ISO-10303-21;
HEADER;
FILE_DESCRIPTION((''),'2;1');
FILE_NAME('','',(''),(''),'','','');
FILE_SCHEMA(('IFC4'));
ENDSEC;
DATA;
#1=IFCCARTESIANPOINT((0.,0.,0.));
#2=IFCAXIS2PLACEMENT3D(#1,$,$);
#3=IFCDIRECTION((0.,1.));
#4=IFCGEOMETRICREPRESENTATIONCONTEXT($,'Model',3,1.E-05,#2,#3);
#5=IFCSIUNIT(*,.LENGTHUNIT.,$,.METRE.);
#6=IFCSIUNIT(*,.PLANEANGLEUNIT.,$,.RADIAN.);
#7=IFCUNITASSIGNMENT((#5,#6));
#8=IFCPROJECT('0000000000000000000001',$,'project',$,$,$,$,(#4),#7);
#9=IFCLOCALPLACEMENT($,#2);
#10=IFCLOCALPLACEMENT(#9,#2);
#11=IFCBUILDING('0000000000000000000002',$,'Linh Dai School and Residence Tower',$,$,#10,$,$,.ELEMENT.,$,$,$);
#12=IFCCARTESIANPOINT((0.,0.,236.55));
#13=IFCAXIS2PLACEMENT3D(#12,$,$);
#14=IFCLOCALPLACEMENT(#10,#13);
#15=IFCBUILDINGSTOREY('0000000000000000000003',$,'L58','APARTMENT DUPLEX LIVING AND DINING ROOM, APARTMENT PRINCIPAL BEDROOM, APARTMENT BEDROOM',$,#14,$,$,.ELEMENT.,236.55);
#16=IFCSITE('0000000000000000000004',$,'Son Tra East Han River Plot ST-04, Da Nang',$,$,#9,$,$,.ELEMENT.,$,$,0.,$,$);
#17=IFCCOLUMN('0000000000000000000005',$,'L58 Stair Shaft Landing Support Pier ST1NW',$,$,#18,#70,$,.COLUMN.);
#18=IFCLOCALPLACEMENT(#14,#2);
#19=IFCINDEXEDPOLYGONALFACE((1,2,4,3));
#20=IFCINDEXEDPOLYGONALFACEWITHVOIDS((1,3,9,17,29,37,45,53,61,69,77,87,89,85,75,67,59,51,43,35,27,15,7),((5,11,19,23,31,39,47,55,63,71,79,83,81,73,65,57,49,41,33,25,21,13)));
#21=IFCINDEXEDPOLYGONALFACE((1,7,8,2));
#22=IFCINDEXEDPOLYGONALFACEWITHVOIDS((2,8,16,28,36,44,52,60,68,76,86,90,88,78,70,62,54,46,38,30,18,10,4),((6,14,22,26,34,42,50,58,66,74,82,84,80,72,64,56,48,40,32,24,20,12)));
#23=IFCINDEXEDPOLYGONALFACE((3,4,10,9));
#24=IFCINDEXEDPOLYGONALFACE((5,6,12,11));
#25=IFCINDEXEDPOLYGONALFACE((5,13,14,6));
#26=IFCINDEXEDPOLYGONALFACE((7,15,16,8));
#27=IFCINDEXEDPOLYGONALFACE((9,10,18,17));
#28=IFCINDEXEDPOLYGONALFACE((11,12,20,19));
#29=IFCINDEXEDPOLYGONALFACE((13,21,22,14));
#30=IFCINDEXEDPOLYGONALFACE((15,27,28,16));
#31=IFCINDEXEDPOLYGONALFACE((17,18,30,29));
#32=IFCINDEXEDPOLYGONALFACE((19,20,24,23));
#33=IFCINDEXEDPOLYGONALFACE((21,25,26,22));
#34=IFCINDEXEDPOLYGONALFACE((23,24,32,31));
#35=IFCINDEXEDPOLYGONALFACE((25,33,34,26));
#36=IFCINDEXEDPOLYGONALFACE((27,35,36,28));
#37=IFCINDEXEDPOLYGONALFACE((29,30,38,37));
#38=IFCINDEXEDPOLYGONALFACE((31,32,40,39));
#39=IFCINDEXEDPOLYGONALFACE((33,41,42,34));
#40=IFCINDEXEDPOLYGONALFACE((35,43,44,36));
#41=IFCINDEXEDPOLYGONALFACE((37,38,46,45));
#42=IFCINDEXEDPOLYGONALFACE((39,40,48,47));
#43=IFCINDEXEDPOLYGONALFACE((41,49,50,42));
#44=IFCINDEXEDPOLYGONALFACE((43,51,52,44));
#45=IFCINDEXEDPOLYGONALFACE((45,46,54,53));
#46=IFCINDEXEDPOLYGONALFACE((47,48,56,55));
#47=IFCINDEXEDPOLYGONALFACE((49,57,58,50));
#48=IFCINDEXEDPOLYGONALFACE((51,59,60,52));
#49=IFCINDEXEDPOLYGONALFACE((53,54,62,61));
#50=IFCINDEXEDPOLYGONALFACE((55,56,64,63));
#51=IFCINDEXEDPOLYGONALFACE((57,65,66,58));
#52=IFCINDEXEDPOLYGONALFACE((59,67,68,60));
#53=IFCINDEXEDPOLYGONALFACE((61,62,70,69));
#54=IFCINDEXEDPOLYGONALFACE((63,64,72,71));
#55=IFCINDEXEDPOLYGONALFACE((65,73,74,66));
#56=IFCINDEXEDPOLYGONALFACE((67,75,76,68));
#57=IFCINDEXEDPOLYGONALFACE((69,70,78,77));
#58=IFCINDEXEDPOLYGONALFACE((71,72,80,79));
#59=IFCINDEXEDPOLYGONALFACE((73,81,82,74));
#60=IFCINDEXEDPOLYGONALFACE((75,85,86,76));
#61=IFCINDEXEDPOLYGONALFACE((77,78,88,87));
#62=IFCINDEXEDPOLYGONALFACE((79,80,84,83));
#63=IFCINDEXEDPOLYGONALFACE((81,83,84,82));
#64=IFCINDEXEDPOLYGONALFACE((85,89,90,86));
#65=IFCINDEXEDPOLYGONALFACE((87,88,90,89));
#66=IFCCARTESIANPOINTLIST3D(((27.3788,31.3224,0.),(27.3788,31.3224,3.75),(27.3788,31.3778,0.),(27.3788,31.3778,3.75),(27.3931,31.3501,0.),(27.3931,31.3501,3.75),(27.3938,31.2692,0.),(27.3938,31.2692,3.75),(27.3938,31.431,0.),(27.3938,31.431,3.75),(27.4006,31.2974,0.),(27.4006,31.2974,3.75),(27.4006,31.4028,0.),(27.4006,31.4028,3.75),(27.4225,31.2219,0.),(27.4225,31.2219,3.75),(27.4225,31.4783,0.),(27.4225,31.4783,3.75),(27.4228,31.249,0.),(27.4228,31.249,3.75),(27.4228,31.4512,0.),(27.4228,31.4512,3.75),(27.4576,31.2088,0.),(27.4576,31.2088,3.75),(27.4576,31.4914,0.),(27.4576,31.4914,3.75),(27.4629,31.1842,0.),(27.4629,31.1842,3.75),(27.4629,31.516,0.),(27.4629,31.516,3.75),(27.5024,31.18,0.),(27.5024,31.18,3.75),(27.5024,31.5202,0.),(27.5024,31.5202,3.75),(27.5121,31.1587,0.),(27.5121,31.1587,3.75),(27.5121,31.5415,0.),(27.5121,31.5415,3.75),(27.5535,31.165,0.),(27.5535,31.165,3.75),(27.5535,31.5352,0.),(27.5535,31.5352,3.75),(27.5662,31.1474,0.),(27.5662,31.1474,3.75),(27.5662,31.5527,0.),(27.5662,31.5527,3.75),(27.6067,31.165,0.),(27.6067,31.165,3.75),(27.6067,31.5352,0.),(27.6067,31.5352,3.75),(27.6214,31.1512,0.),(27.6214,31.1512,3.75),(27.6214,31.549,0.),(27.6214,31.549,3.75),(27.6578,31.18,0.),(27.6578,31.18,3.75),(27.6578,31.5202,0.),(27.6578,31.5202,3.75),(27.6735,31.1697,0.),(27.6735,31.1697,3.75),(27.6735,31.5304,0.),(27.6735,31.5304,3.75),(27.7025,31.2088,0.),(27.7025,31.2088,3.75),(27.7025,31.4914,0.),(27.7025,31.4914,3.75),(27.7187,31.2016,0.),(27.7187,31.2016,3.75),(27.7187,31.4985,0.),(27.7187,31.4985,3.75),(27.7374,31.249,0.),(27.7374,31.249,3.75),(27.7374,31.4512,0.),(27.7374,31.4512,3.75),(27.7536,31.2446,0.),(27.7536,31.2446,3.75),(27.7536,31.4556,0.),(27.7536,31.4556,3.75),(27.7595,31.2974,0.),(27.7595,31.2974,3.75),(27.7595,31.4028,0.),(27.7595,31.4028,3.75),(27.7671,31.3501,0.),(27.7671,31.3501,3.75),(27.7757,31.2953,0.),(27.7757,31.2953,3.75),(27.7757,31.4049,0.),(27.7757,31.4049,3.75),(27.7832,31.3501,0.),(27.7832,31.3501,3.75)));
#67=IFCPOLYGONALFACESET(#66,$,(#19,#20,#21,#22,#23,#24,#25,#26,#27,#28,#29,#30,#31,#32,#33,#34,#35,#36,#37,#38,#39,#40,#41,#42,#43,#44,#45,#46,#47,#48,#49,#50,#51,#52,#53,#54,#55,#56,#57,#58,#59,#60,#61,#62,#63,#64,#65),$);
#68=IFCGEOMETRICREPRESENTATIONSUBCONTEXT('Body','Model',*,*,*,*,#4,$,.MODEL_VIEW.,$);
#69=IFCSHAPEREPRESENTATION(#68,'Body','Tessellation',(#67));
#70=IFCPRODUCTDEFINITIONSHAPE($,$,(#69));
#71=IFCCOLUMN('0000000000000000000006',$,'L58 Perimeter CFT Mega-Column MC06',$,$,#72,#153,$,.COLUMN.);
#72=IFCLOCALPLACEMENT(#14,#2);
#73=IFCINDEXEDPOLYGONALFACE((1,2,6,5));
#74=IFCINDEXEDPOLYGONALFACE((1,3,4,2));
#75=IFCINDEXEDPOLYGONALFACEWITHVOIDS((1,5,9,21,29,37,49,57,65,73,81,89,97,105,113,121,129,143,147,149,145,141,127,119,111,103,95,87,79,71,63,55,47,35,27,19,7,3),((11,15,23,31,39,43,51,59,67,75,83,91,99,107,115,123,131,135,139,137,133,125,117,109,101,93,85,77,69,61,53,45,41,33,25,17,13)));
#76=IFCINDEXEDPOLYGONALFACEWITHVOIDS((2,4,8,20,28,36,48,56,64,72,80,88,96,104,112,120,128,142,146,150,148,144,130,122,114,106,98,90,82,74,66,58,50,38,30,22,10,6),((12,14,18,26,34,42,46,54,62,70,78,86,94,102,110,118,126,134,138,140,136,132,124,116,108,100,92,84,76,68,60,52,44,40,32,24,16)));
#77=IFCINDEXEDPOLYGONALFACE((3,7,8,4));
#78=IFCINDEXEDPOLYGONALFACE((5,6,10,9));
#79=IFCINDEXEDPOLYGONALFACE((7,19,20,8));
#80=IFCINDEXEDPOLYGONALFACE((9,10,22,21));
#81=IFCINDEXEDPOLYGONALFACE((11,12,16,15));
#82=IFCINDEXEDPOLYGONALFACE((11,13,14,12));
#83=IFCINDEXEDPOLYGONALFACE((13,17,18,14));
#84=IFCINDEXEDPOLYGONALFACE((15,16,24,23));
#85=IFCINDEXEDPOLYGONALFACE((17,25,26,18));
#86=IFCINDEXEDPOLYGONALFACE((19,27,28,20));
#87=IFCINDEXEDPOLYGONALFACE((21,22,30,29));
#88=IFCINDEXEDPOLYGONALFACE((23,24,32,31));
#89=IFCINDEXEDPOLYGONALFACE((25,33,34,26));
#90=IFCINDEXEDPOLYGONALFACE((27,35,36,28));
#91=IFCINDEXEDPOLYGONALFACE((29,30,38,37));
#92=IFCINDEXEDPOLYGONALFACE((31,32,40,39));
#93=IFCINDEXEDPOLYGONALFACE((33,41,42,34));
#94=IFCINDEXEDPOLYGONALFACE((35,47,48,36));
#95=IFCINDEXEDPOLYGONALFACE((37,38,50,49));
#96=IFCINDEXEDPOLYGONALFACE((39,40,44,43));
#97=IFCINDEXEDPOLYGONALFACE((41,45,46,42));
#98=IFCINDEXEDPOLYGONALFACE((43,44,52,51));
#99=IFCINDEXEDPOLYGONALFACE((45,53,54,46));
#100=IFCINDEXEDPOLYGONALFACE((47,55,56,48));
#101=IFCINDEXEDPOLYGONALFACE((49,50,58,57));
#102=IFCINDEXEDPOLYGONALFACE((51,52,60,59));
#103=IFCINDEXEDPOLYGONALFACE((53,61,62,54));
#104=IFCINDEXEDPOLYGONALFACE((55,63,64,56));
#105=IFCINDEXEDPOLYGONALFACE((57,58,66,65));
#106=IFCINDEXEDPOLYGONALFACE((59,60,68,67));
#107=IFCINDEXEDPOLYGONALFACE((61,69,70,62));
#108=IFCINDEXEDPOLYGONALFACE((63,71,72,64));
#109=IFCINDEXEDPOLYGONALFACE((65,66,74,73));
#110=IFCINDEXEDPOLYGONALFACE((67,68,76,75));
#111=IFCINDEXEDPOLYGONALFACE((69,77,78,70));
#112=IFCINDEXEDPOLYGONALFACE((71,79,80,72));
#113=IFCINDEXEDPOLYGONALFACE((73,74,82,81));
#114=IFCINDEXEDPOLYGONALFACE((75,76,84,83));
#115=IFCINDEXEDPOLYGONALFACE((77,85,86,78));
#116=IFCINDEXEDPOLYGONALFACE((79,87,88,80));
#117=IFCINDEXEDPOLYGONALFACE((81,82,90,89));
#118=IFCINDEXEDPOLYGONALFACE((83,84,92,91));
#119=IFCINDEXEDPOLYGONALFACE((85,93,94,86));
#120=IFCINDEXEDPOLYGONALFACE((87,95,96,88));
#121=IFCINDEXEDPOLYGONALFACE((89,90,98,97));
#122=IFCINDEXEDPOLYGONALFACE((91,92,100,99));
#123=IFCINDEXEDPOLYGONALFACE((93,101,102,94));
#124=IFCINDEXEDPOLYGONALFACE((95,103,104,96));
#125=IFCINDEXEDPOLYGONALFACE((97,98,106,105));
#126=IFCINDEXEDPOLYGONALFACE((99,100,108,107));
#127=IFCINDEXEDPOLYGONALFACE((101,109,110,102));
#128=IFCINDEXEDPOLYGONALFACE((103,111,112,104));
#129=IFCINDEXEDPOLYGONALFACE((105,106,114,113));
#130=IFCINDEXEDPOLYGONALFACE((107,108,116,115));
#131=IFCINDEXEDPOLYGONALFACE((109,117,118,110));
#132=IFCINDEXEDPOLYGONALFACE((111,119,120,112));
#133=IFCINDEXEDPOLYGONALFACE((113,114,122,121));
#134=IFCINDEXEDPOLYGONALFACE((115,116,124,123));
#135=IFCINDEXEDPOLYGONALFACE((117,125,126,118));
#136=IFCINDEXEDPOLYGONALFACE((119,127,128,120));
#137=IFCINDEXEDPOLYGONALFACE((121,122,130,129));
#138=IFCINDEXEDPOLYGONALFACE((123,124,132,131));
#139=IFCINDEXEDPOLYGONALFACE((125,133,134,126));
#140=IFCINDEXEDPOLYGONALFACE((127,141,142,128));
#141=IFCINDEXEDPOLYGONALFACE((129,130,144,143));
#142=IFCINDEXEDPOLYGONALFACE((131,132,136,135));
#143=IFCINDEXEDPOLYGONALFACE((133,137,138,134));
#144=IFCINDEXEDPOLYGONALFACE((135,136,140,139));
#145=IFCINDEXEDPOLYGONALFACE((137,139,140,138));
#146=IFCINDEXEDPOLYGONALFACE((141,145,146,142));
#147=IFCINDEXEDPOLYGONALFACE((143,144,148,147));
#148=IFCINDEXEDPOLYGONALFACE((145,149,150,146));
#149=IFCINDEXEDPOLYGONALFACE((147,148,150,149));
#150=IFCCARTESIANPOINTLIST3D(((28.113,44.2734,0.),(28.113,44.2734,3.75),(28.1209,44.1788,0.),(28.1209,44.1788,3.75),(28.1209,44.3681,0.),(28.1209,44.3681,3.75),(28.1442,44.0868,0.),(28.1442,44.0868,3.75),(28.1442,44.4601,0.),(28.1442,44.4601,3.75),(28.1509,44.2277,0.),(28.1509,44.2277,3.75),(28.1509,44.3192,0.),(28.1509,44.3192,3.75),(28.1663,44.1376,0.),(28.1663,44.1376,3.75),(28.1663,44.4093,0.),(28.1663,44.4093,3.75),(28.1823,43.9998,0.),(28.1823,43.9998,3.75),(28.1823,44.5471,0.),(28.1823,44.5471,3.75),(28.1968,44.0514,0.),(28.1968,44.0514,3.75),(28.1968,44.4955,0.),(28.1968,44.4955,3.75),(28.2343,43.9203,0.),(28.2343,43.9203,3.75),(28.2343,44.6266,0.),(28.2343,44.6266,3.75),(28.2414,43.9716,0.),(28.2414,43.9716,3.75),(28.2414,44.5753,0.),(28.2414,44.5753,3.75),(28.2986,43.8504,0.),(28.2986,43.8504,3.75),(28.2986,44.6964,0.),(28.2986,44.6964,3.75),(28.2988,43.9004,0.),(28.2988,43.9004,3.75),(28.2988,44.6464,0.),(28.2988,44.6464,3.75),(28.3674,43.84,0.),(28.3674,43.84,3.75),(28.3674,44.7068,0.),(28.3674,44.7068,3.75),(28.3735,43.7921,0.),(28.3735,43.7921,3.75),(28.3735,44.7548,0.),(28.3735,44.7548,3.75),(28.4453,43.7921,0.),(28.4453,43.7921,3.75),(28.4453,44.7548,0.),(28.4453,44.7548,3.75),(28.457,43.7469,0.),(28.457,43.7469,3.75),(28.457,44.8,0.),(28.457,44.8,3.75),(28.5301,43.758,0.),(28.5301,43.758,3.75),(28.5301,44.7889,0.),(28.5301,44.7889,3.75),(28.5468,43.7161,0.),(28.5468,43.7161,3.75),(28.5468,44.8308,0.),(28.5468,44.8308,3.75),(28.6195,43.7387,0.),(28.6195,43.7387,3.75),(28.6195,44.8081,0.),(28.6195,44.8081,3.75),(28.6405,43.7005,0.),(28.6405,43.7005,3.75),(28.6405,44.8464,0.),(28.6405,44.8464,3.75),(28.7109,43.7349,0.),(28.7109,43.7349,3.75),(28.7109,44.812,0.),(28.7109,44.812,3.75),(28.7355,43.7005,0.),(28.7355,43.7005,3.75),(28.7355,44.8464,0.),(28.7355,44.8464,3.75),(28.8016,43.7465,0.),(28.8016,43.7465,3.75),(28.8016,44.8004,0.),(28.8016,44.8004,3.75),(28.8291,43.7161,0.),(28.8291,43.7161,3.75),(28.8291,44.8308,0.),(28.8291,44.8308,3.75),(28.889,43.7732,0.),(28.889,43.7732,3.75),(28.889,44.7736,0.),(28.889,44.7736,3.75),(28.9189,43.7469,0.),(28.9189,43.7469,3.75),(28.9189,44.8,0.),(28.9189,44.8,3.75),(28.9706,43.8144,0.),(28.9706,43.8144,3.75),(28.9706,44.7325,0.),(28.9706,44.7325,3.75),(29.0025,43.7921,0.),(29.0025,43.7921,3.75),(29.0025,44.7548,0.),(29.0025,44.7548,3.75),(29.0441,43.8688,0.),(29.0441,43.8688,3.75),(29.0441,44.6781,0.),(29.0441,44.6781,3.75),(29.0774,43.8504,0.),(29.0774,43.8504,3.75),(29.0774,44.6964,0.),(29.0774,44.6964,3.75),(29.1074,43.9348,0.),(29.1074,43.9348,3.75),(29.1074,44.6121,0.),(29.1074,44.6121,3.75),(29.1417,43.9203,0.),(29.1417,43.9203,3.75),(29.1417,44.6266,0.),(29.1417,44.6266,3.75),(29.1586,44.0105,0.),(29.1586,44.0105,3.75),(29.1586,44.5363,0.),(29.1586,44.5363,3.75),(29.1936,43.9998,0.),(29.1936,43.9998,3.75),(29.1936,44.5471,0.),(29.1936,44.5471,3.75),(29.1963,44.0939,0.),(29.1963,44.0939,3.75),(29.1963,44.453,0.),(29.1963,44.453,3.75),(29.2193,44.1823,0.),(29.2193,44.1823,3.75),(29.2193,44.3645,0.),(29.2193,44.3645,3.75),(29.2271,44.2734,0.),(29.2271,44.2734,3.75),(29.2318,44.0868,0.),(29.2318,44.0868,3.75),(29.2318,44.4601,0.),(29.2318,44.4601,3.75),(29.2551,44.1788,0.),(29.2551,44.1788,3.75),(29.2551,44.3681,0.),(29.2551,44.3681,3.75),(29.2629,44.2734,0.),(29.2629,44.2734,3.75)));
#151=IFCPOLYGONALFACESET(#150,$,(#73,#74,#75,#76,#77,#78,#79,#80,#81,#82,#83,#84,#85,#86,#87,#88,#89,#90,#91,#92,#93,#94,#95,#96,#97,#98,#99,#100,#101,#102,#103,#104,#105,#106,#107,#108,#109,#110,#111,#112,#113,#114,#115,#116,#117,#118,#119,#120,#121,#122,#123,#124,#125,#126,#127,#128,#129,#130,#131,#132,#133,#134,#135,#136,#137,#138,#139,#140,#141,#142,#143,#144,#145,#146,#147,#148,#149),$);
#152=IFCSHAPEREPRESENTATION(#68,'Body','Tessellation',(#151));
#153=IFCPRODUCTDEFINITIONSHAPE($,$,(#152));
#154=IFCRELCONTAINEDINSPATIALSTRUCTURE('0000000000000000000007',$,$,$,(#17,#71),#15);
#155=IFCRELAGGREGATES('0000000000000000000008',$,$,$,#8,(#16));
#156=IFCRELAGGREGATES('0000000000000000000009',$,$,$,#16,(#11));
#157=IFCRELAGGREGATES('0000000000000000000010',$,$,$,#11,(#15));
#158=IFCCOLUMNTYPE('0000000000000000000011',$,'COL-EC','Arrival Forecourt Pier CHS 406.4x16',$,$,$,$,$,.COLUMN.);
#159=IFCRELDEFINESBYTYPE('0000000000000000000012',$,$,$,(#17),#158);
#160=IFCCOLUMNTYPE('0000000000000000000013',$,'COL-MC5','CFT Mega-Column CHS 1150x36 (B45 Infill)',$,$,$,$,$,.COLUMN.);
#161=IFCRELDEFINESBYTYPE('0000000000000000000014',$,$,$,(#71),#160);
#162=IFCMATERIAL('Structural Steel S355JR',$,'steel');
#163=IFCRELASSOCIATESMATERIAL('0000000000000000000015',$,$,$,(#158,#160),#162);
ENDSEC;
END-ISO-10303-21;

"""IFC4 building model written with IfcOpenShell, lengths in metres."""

from ifc_helpers import new_model, si_unit, direction, frame, origin, origin_2d, place, context, subcontext, project, spatial, hollow_circle, extrude, material, material_profile, profile_set, type_object, element, save


model = new_model("IFC4")

# Units and contexts
model_context = context("Model", 3, precision=1e-05, world=origin(), true_north=direction((0.0, 1.0)))
body_context = subcontext(model_context, "Body", "Model", "MODEL_VIEW")
ifc_project = project(units=[si_unit("LENGTHUNIT", "METRE"), si_unit("PLANEANGLEUNIT", "RADIAN")], contexts=[model_context])

# Site, building, storey
site_placement = place(None, origin())
site = spatial("IfcSite", under=ifc_project, at=site_placement, Name="Son Tra East Han River Plot ST-04, Da Nang", CompositionType="ELEMENT", RefElevation=0.0)
building_placement = place(site_placement, origin())
building = spatial("IfcBuilding", under=site, at=building_placement, Name="Linh Dai School and Residence Tower", CompositionType="ELEMENT")
storey_placement = place(building_placement, frame((0.0, 0.0, 236.55)))
storey = spatial("IfcBuildingStorey", under=building, at=storey_placement, Name="L58", Description="APARTMENT DUPLEX LIVING AND DINING ROOM, APARTMENT PRINCIPAL BEDROOM, APARTMENT BEDROOM", CompositionType="ELEMENT", Elevation=236.55)

# Columns
ifc_material_1 = material(Name="Structural Steel S355JR", Category="steel")
ifc_material_profile_1 = material_profile(ifc_material_1, hollow_circle(Radius=0.2031, WallThickness=0.0161, at=origin_2d()), Name="CHS 406.4x16")
ifc_profile_set_1 = profile_set([ifc_material_profile_1], Name="Structural Steel S355JR")
column_type_1 = type_object("IfcColumnType", Name="COL-EC", Description="Arrival Forecourt Pier CHS 406.4x16", PredefinedType="COLUMN", material=ifc_profile_set_1)
column_1_placement = place(storey_placement, frame((27.5801, 31.3501, 0.0), z_axis=(0.0, 0.0, 1.0), x_axis=(1.0, 0.0, 0.0)))
element("IfcColumn", 1, at=column_1_placement, inside=storey, type_object=column_type_1, Name="L58 Stair Shaft Landing Support Pier ST1NW", PredefinedType="COLUMN", context=body_context, shape_type="SweptSolid", body=[
    extrude(hollow_circle(Radius=0.2031, WallThickness=0.0161, at=origin_2d()), origin(), (0.0, 0.0, 1.0), 3.75),
])
ifc_material_profile_2 = material_profile(ifc_material_1, hollow_circle(Radius=0.575, WallThickness=0.0359, at=origin_2d()), Name="CHS 1150x36")
ifc_profile_set_2 = profile_set([ifc_material_profile_2], Name="Structural Steel S355JR")
column_type_2 = type_object("IfcColumnType", Name="COL-MC5", Description="CFT Mega-Column CHS 1150x36 (B45 Infill)", PredefinedType="COLUMN", material=ifc_profile_set_2)
column_2_placement = place(storey_placement, frame((28.688, 44.2734, 0.0), z_axis=(0.0, 0.0, 1.0), x_axis=(1.0, 0.0, 0.0)))
element("IfcColumn", 2, at=column_2_placement, inside=storey, type_object=column_type_2, Name="L58 Perimeter CFT Mega-Column MC06", PredefinedType="COLUMN", context=body_context, shape_type="SweptSolid", body=[
    extrude(hollow_circle(Radius=0.575, WallThickness=0.0359, at=origin_2d()), origin(), (0.0, 0.0, 1.0), 3.75),
])

save(model, "model.ifc")
